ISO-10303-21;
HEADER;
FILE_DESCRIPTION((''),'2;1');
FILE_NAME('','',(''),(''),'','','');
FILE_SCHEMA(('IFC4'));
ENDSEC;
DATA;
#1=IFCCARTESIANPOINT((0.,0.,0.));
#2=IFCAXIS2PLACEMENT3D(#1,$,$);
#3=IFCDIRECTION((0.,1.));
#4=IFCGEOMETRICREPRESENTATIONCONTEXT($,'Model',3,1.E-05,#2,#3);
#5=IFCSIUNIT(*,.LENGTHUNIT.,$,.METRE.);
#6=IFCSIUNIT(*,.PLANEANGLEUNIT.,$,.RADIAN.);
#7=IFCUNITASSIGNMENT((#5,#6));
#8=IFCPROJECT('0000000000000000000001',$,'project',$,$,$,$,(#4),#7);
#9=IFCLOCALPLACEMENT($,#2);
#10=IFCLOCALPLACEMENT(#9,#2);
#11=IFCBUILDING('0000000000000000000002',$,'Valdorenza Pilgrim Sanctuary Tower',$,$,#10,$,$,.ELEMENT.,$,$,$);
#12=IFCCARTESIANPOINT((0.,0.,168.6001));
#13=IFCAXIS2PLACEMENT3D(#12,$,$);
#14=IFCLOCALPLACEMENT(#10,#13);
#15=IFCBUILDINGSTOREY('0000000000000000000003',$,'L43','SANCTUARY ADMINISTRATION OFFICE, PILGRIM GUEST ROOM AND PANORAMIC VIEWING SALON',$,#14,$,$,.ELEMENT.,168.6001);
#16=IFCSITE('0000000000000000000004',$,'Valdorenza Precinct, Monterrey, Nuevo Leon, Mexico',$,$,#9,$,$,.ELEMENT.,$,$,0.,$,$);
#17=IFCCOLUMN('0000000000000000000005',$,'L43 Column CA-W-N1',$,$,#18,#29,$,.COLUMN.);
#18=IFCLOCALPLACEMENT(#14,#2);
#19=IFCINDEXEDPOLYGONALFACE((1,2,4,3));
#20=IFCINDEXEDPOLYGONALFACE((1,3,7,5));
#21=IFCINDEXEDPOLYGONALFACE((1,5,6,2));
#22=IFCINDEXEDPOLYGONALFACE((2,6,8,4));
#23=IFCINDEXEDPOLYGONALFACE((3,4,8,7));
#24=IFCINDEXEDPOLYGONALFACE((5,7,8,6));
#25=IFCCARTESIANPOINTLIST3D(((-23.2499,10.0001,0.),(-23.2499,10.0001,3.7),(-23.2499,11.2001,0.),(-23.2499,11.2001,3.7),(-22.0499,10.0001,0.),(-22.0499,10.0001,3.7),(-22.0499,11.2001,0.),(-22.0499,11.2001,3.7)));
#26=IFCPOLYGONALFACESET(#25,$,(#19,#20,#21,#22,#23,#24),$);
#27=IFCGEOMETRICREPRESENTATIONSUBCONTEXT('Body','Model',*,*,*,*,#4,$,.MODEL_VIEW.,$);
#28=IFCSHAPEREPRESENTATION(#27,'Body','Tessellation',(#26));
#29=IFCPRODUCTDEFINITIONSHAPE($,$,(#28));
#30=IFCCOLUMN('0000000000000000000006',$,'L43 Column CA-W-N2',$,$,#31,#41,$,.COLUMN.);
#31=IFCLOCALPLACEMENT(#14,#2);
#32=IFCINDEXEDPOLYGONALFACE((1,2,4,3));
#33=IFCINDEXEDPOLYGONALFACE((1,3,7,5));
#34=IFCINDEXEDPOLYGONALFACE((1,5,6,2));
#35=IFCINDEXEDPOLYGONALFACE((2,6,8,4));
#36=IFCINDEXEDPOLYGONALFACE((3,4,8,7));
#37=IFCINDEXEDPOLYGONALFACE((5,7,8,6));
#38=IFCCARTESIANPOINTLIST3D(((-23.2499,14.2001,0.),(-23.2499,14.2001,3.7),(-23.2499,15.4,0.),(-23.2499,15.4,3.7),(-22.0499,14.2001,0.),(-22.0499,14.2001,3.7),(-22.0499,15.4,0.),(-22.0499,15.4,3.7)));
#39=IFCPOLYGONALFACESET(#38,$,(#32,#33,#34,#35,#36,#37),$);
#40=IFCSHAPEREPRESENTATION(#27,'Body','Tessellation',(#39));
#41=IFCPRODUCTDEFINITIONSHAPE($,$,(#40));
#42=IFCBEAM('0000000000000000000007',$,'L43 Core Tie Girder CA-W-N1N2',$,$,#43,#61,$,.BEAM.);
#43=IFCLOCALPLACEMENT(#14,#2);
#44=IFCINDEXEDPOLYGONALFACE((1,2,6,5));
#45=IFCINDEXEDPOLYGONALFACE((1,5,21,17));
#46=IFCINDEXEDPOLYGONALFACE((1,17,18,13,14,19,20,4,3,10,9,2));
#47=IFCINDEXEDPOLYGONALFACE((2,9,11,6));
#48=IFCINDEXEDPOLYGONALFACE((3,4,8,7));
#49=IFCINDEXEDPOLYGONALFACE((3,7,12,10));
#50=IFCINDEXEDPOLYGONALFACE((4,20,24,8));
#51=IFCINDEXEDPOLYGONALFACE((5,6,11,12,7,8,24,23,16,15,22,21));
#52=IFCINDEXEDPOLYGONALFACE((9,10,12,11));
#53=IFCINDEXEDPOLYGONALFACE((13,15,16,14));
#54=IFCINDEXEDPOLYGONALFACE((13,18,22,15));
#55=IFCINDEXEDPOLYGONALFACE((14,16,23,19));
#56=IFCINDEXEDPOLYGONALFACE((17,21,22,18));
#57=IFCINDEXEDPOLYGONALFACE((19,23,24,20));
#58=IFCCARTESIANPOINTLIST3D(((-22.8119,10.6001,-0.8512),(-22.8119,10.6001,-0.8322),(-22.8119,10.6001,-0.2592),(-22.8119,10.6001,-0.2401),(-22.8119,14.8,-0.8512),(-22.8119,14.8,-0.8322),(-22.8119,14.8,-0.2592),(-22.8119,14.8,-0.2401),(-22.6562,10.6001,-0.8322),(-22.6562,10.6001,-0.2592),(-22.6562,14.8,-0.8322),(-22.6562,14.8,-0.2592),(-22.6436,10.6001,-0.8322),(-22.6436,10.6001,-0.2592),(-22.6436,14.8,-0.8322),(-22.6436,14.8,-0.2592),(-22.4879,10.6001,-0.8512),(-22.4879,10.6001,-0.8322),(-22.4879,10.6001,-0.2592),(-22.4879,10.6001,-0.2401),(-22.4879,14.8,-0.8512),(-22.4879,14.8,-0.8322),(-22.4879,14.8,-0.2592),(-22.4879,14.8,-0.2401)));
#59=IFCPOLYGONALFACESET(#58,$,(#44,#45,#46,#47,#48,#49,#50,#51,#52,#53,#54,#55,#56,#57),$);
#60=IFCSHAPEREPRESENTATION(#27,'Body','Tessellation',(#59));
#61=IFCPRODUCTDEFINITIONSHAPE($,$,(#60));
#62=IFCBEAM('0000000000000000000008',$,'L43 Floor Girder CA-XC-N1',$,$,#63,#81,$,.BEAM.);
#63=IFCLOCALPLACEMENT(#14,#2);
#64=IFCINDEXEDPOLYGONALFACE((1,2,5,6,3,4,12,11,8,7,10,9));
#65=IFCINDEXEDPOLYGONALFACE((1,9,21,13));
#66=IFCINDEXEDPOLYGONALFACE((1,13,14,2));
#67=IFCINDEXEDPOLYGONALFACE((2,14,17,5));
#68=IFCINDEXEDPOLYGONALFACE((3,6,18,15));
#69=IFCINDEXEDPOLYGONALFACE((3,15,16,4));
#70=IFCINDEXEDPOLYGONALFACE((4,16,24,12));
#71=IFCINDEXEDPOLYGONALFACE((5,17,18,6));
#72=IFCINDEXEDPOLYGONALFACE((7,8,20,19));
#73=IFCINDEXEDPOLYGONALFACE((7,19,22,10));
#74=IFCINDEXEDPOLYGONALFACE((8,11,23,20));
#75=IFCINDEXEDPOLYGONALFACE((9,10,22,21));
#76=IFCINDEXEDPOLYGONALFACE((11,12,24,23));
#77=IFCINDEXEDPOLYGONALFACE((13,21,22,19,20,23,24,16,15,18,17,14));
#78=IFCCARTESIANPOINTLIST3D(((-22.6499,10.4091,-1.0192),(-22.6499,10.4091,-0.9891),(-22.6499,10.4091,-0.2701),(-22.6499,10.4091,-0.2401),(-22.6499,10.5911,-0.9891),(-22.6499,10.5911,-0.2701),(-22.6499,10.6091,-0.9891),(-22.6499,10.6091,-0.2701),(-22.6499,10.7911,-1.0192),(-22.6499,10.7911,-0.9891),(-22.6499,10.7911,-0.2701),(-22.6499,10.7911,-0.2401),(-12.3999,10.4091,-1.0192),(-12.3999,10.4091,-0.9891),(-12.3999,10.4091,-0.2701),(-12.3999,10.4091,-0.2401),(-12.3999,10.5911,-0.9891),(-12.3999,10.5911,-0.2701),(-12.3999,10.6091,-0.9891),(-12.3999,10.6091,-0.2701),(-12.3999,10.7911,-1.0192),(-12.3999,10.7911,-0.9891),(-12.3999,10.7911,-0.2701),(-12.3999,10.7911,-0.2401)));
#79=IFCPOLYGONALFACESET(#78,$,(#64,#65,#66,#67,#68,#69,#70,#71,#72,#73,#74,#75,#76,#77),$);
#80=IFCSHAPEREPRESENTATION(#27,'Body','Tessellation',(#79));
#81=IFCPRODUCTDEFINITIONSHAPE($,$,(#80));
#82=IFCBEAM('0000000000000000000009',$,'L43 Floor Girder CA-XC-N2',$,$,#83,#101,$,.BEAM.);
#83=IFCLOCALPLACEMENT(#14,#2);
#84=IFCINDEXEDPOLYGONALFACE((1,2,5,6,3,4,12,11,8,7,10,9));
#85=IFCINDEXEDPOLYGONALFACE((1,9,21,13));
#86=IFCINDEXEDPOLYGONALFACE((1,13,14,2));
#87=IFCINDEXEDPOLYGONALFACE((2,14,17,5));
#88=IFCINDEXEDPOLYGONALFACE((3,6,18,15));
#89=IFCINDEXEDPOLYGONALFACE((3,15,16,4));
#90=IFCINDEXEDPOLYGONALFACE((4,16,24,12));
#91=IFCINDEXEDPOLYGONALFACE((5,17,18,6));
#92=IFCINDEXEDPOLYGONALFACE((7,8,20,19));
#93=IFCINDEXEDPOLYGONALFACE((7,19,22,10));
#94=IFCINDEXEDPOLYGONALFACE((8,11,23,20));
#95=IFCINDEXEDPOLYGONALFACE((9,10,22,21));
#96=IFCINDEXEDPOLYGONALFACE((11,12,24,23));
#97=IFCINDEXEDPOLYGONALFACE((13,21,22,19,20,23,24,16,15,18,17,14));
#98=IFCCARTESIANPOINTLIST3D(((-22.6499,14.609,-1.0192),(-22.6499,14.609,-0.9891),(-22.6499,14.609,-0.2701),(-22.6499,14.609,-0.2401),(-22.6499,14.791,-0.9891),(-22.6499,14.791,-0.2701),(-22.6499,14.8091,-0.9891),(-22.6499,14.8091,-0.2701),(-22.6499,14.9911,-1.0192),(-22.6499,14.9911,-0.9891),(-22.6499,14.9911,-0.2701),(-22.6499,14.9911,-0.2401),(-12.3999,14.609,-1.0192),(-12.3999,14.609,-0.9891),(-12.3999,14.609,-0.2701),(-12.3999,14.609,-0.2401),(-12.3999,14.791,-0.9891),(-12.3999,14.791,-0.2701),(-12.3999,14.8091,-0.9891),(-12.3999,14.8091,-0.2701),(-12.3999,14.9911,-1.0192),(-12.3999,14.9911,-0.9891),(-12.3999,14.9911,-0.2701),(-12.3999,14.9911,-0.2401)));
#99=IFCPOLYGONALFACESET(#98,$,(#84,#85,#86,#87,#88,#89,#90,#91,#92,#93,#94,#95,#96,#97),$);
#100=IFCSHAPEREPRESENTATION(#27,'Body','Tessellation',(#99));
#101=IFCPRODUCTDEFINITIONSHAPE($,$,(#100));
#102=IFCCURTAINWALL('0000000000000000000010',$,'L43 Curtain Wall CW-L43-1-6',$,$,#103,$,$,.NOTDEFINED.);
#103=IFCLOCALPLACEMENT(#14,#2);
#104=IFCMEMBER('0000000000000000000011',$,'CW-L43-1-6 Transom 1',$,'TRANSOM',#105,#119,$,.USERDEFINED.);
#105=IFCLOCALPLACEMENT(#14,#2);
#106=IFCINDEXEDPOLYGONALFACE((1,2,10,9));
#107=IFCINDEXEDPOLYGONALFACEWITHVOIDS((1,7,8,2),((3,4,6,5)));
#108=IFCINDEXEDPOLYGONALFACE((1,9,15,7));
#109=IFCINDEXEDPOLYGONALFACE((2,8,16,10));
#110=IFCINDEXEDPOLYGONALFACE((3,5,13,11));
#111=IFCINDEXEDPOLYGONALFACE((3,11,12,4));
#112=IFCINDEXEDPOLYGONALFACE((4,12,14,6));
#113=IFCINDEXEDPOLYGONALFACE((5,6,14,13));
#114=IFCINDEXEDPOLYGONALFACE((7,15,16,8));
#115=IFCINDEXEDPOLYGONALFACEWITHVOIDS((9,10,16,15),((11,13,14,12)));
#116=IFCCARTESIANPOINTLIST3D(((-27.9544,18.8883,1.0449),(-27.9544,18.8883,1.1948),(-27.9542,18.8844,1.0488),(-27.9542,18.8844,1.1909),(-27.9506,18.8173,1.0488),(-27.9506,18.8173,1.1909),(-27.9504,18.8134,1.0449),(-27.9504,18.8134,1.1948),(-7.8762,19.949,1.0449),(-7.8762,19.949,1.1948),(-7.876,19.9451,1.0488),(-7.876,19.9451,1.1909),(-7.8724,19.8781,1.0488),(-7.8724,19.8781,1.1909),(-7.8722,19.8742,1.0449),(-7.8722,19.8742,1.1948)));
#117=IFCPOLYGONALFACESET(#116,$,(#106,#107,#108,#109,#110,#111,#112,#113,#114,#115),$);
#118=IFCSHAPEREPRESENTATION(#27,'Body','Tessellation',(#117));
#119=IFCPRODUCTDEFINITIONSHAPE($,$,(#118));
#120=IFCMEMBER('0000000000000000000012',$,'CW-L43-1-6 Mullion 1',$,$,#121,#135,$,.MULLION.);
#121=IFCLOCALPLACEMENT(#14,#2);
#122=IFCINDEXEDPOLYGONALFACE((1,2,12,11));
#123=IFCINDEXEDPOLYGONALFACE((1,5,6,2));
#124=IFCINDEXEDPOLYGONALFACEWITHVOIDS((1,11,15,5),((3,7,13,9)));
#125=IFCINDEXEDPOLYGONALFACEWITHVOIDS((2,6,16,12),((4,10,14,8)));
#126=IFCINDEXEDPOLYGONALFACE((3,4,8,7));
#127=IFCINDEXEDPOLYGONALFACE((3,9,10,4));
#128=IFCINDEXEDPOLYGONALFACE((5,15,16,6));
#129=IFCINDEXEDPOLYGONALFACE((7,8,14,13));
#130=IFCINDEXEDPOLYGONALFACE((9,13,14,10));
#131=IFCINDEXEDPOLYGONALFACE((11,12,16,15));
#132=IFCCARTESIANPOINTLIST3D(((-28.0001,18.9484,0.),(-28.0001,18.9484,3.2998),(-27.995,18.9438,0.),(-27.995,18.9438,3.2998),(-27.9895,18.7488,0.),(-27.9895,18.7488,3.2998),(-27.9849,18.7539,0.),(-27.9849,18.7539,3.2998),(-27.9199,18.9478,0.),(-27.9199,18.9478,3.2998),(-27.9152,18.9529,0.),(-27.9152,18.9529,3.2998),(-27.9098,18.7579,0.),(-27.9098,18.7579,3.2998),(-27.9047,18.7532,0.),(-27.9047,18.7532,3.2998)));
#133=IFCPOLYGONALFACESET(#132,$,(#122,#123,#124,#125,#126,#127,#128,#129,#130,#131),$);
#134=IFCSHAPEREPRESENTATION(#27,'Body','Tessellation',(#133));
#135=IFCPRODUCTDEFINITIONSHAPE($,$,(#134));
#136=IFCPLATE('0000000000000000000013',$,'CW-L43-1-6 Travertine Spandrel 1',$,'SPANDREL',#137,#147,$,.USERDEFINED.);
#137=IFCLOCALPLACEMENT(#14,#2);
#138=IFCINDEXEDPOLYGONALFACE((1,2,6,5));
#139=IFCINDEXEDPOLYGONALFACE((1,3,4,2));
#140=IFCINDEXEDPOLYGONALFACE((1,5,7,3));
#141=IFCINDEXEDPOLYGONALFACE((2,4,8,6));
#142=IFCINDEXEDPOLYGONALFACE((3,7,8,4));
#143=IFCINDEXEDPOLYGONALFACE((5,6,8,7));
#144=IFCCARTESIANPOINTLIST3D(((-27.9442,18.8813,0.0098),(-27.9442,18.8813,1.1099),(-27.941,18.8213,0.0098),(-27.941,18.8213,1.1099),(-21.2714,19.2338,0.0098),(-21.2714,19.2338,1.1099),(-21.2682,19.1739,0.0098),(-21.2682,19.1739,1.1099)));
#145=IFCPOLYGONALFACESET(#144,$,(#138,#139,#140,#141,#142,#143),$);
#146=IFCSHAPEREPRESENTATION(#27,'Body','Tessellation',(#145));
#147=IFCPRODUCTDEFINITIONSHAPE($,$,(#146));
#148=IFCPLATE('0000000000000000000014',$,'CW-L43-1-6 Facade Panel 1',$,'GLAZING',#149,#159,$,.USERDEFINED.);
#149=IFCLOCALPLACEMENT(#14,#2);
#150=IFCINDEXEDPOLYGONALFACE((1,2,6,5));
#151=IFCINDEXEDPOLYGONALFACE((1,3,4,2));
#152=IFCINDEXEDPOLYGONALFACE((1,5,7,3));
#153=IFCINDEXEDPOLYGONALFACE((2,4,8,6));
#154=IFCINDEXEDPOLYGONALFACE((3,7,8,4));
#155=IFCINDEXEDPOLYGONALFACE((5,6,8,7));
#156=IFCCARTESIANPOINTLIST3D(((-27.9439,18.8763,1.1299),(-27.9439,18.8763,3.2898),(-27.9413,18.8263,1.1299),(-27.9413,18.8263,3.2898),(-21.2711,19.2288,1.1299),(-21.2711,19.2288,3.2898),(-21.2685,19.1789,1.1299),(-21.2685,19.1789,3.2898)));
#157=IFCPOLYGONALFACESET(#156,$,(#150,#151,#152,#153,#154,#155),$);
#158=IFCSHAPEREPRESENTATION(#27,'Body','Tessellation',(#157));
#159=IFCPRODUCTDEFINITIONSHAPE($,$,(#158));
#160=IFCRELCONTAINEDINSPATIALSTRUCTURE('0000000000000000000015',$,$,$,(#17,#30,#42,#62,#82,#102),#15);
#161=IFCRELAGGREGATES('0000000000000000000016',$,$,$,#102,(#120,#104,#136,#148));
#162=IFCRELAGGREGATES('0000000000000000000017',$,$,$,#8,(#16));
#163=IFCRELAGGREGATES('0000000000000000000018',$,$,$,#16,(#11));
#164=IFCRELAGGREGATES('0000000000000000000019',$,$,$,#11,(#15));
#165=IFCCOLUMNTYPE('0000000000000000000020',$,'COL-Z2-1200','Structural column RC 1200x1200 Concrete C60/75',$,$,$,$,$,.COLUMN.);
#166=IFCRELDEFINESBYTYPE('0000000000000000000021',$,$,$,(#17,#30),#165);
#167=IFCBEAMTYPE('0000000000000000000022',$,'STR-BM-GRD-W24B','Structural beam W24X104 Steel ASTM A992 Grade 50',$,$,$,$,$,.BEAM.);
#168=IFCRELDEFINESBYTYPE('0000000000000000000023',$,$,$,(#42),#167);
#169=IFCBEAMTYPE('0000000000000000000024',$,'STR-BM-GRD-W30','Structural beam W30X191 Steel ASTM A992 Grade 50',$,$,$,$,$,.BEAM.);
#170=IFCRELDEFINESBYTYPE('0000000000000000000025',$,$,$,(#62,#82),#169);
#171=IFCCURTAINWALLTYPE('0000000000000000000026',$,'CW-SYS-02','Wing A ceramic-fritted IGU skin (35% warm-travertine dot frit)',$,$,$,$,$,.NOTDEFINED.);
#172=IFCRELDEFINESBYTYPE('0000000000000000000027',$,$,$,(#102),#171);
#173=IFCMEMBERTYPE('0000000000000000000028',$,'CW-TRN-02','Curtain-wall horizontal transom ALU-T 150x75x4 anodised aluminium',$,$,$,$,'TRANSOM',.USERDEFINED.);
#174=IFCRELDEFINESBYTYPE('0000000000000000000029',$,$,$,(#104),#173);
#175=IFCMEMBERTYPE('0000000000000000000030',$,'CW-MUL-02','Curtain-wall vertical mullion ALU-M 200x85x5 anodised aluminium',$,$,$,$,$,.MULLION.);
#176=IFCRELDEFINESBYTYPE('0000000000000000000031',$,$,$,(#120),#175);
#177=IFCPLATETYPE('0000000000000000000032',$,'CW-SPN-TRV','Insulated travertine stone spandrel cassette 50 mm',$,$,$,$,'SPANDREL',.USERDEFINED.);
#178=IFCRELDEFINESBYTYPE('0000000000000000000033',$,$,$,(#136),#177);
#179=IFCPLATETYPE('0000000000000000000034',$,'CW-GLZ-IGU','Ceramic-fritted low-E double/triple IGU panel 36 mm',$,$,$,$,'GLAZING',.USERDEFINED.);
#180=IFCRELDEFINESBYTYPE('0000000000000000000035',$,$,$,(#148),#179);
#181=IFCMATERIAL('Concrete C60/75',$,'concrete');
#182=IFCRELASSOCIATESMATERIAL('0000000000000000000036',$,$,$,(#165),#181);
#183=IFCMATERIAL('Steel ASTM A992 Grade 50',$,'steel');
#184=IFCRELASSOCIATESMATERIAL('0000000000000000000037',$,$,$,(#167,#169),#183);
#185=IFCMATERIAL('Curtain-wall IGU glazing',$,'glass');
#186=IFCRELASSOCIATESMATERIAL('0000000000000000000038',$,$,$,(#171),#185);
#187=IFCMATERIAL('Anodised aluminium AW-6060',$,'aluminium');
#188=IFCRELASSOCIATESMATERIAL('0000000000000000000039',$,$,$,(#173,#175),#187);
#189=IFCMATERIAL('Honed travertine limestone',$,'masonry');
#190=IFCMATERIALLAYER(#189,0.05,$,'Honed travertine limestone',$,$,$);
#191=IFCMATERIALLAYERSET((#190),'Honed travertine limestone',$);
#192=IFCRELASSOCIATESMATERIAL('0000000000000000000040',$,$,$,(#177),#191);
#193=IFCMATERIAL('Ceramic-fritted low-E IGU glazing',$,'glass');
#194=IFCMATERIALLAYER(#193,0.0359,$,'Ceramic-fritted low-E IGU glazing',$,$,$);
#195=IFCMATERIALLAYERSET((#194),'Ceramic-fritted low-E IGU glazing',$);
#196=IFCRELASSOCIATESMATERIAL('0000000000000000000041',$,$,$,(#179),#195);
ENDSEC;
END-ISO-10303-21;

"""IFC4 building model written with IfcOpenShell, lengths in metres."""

from ifc_helpers import new_model, si_unit, direction, frame, origin, origin_2d, place, context, subcontext, project, spatial, rectangle, hollow_rectangle, i_section, extrude, source, transform, mapped, material, layer, layer_set, material_profile, profile_set, type_object, element, aggregate, save


model = new_model("IFC4")

# Units and contexts
model_context = context("Model", 3, precision=1e-05, world=origin(), true_north=direction((0.0, 1.0)))
body_context = subcontext(model_context, "Body", "Model", "MODEL_VIEW")
ifc_project = project(units=[si_unit("LENGTHUNIT", "METRE"), si_unit("PLANEANGLEUNIT", "RADIAN")], contexts=[model_context])

# Site, building, storey
site_placement = place(None, origin())
site = spatial("IfcSite", under=ifc_project, at=site_placement, Name="Valdorenza Precinct, Monterrey, Nuevo Leon, Mexico", CompositionType="ELEMENT", RefElevation=0.0)
building_placement = place(site_placement, origin())
building = spatial("IfcBuilding", under=site, at=building_placement, Name="Valdorenza Pilgrim Sanctuary Tower", CompositionType="ELEMENT")
storey_placement = place(building_placement, frame((0.0, 0.0, 168.6001)))
storey = spatial("IfcBuildingStorey", under=building, at=storey_placement, Name="L43", Description="SANCTUARY ADMINISTRATION OFFICE, PILGRIM GUEST ROOM AND PANORAMIC VIEWING SALON", CompositionType="ELEMENT", Elevation=168.6001)

# Columns
ifc_material_1 = material(Name="Concrete C60/75", Category="concrete")
ifc_material_profile_1 = material_profile(ifc_material_1, rectangle(XDim=1.2, YDim=1.2, at=origin_2d()), Name="RC 1200x1200")
ifc_profile_set_1 = profile_set([ifc_material_profile_1], Name="Concrete C60/75")
column_type = type_object("IfcColumnType", Name="COL-Z2-1200", Description="Structural column RC 1200x1200 Concrete C60/75", PredefinedType="COLUMN", material=ifc_profile_set_1)
shared_shape_1 = source(origin(), body_context, "Body", "SweptSolid", [
    extrude(rectangle(XDim=1.2, YDim=1.2, at=origin_2d()), origin(), (0.0, 0.0, 1.0), 3.7),
])
for number, where, z_axis, x_axis, name in (
    (1, (-22.6499, 10.6001, 0.0), (0.0, 0.0, 1.0), (1.0, 0.0, 0.0), "L43 Column CA-W-N1"),
    (2, (-22.6499, 14.8, 0.0), (0.0, 0.0, 1.0), (1.0, 0.0, 0.0), "L43 Column CA-W-N2"),
):
    element("IfcColumn", number, at=place(storey_placement, frame(where, z_axis=z_axis, x_axis=x_axis)), inside=storey, type_object=column_type, Name=name, PredefinedType="COLUMN", context=body_context, shape_type="MappedRepresentation", body=[
        mapped(shared_shape_1, transform((0.0, 0.0, 0.0), x_axis=(1.0, 0.0, 0.0), y_axis=(0.0, 1.0, 0.0), z_axis=(0.0, 0.0, 1.0), scale=1.0)),
    ])

# Beams
ifc_material_2 = material(Name="Steel ASTM A992 Grade 50", Category="steel")
ifc_material_profile_2 = material_profile(ifc_material_2, i_section(OverallWidth=0.324, OverallDepth=0.6111, WebThickness=0.0127, FlangeThickness=0.019, at=origin_2d()), Name="W24X104")
ifc_profile_set_2 = profile_set([ifc_material_profile_2], Name="Steel ASTM A992 Grade 50")
beam_type_1 = type_object("IfcBeamType", Name="STR-BM-GRD-W24B", Description="Structural beam W24X104 Steel ASTM A992 Grade 50", PredefinedType="BEAM", material=ifc_profile_set_2)
shared_shape_2 = source(origin(), body_context, "Body", "SweptSolid", [
    extrude(i_section(OverallWidth=0.324, OverallDepth=0.6111, WebThickness=0.0127, FlangeThickness=0.019, at=origin_2d()), origin(), (0.0, 0.0, 1.0), 4.2),
])
beam_placement = place(storey_placement, frame((-22.6499, 10.6001, -0.5457), z_axis=(0.0, 1.0, 0.0), x_axis=(-1.0, 0.0, 0.0)))
element("IfcBeam", 3, at=beam_placement, inside=storey, type_object=beam_type_1, Name="L43 Core Tie Girder CA-W-N1N2", PredefinedType="BEAM", context=body_context, shape_type="MappedRepresentation", body=[
    mapped(shared_shape_2, transform((0.0, 0.0, 0.0), x_axis=(1.0, 0.0, 0.0), y_axis=(0.0, 1.0, 0.0), z_axis=(0.0, 0.0, 1.0), scale=1.0)),
])
ifc_material_profile_3 = material_profile(ifc_material_2, i_section(OverallWidth=0.3821, OverallDepth=0.7791, WebThickness=0.0181, FlangeThickness=0.03, at=origin_2d()), Name="W30X191")
ifc_profile_set_3 = profile_set([ifc_material_profile_3], Name="Steel ASTM A992 Grade 50")
beam_type_2 = type_object("IfcBeamType", Name="STR-BM-GRD-W30", Description="Structural beam W30X191 Steel ASTM A992 Grade 50", PredefinedType="BEAM", material=ifc_profile_set_3)
shared_shape_3 = source(origin(), body_context, "Body", "SweptSolid", [
    extrude(i_section(OverallWidth=0.3821, OverallDepth=0.7791, WebThickness=0.0181, FlangeThickness=0.03, at=origin_2d()), origin(), (0.0, 0.0, 1.0), 10.25),
])
for number, where, z_axis, x_axis, name in (
    (4, (-22.6499, 10.6001, -0.6296), (1.0, 0.0, 0.0), (0.0, 1.0, 0.0), "L43 Floor Girder CA-XC-N1"),
    (5, (-22.6499, 14.8, -0.6296), (1.0, 0.0, 0.0), (0.0, 1.0, 0.0), "L43 Floor Girder CA-XC-N2"),
):
    element("IfcBeam", number, at=place(storey_placement, frame(where, z_axis=z_axis, x_axis=x_axis)), inside=storey, type_object=beam_type_2, Name=name, PredefinedType="BEAM", context=body_context, shape_type="MappedRepresentation", body=[
        mapped(shared_shape_3, transform((0.0, 0.0, 0.0), x_axis=(1.0, 0.0, 0.0), y_axis=(0.0, 1.0, 0.0), z_axis=(0.0, 0.0, 1.0), scale=1.0)),
    ])

# Curtain wall, members, plates
ifc_material_3 = material(Name="Curtain-wall IGU glazing", Category="glass")
curtain_wall_type = type_object("IfcCurtainWallType", Name="CW-SYS-02", Description="Wing A ceramic-fritted IGU skin (35% warm-travertine dot frit)", PredefinedType="NOTDEFINED", material=ifc_material_3)
curtain_wall_placement = place(storey_placement, origin())
curtain_wall = element("IfcCurtainWall", 6, at=curtain_wall_placement, inside=storey, type_object=curtain_wall_type, Name="L43 Curtain Wall CW-L43-1-6", PredefinedType="NOTDEFINED")
ifc_material_4 = material(Name="Anodised aluminium AW-6060", Category="aluminium")
ifc_material_profile_4 = material_profile(ifc_material_4, hollow_rectangle(XDim=0.075, YDim=0.1499, WallThickness=0.0039, at=origin_2d()), Name="ALU-T 150x75x4")
ifc_profile_set_4 = profile_set([ifc_material_profile_4], Name="Anodised aluminium AW-6060")
member_type_1 = type_object("IfcMemberType", Name="CW-TRN-02", Description="Curtain-wall horizontal transom ALU-T 150x75x4 anodised aluminium", ElementType="TRANSOM", PredefinedType="USERDEFINED", material=ifc_profile_set_4)
shared_shape_4 = source(origin(), body_context, "Body", "SweptSolid", [
    extrude(hollow_rectangle(XDim=0.075, YDim=0.1499, WallThickness=0.0039, at=origin_2d()), origin(), (0.0, 0.0, 1.0), 20.1062),
])
member_1_placement = place(storey_placement, frame((-27.9524, 18.8508, 1.1199), z_axis=(0.998607, 0.05276, 0.0), x_axis=(-0.05276, 0.998607, 0.0)))
member_1 = element("IfcMember", 7, at=member_1_placement, type_object=member_type_1, Name="CW-L43-1-6 Transom 1", ObjectType="TRANSOM", PredefinedType="USERDEFINED", context=body_context, shape_type="MappedRepresentation", body=[
    mapped(shared_shape_4, transform((0.0, 0.0, 0.0), x_axis=(1.0, 0.0, 0.0), y_axis=(0.0, 1.0, 0.0), z_axis=(0.0, 0.0, 1.0), scale=1.0)),
])
ifc_material_profile_5 = material_profile(ifc_material_4, hollow_rectangle(XDim=0.085, YDim=0.2, WallThickness=0.0049, at=origin_2d()), Name="ALU-M 200x85x5")
ifc_profile_set_5 = profile_set([ifc_material_profile_5], Name="Anodised aluminium AW-6060")
member_type_2 = type_object("IfcMemberType", Name="CW-MUL-02", Description="Curtain-wall vertical mullion ALU-M 200x85x5 anodised aluminium", PredefinedType="MULLION", material=ifc_profile_set_5)
shared_shape_5 = source(origin(), body_context, "Body", "SweptSolid", [
    extrude(hollow_rectangle(XDim=0.085, YDim=0.2, WallThickness=0.0049, at=origin_2d()), origin(), (0.0, 0.0, 1.0), 3.2998),
])
member_2_placement = place(storey_placement, frame((-27.9524, 18.8508, 0.0), z_axis=(0.0, 0.0, 1.0), x_axis=(0.998608, 0.052754, 0.0)))
member_2 = element("IfcMember", 8, at=member_2_placement, type_object=member_type_2, Name="CW-L43-1-6 Mullion 1", PredefinedType="MULLION", context=body_context, shape_type="MappedRepresentation", body=[
    mapped(shared_shape_5, transform((0.0, 0.0, 0.0), x_axis=(1.0, 0.0, 0.0), y_axis=(0.0, 1.0, 0.0), z_axis=(0.0, 0.0, 1.0), scale=1.0)),
])
ifc_material_5 = material(Name="Honed travertine limestone", Category="masonry")
ifc_layer_1 = layer(ifc_material_5, 0.05, Name="Honed travertine limestone")
ifc_layer_set_1 = layer_set([ifc_layer_1], Name="Honed travertine limestone")
plate_type_1 = type_object("IfcPlateType", Name="CW-SPN-TRV", Description="Insulated travertine stone spandrel cassette 50 mm", ElementType="SPANDREL", PredefinedType="USERDEFINED", material=ifc_layer_set_1)
shared_shape_6 = source(origin(), body_context, "Body", "SweptSolid", [
    extrude(rectangle(XDim=6.6821, YDim=0.0601, at=origin_2d()), origin(), (0.0, 0.0, 1.0), 1.1001),
])
plate_1_placement = place(storey_placement, frame((-24.6062, 19.0276, 0.0098), z_axis=(0.0, 0.0, 1.0), x_axis=(0.998608, 0.052754, 0.0)))
plate_1 = element("IfcPlate", 9, at=plate_1_placement, type_object=plate_type_1, Name="CW-L43-1-6 Travertine Spandrel 1", ObjectType="SPANDREL", PredefinedType="USERDEFINED", context=body_context, shape_type="MappedRepresentation", body=[
    mapped(shared_shape_6, transform((0.0, 0.0, 0.0), x_axis=(1.0, 0.0, 0.0), y_axis=(0.0, 1.0, 0.0), z_axis=(0.0, 0.0, 1.0), scale=1.0)),
])
ifc_material_6 = material(Name="Ceramic-fritted low-E IGU glazing", Category="glass")
ifc_layer_2 = layer(ifc_material_6, 0.0359, Name="Ceramic-fritted low-E IGU glazing")
ifc_layer_set_2 = layer_set([ifc_layer_2], Name="Ceramic-fritted low-E IGU glazing")
plate_type_2 = type_object("IfcPlateType", Name="CW-GLZ-IGU", Description="Ceramic-fritted low-E double/triple IGU panel 36 mm", ElementType="GLAZING", PredefinedType="USERDEFINED", material=ifc_layer_set_2)
shared_shape_7 = source(origin(), body_context, "Body", "SweptSolid", [
    extrude(rectangle(XDim=6.6821, YDim=0.05, at=origin_2d()), origin(), (0.0, 0.0, 1.0), 2.1599),
])
plate_2_placement = place(storey_placement, frame((-24.6062, 19.0276, 1.1299), z_axis=(0.0, 0.0, 1.0), x_axis=(0.998608, 0.052754, 0.0)))
plate_2 = element("IfcPlate", 10, at=plate_2_placement, type_object=plate_type_2, Name="CW-L43-1-6 Facade Panel 1", ObjectType="GLAZING", PredefinedType="USERDEFINED", context=body_context, shape_type="MappedRepresentation", body=[
    mapped(shared_shape_7, transform((0.0, 0.0, 0.0), x_axis=(1.0, 0.0, 0.0), y_axis=(0.0, 1.0, 0.0), z_axis=(0.0, 0.0, 1.0), scale=1.0)),
])
aggregate(curtain_wall, [member_2, member_1, plate_1, plate_2])

save(model, "model.ifc")
